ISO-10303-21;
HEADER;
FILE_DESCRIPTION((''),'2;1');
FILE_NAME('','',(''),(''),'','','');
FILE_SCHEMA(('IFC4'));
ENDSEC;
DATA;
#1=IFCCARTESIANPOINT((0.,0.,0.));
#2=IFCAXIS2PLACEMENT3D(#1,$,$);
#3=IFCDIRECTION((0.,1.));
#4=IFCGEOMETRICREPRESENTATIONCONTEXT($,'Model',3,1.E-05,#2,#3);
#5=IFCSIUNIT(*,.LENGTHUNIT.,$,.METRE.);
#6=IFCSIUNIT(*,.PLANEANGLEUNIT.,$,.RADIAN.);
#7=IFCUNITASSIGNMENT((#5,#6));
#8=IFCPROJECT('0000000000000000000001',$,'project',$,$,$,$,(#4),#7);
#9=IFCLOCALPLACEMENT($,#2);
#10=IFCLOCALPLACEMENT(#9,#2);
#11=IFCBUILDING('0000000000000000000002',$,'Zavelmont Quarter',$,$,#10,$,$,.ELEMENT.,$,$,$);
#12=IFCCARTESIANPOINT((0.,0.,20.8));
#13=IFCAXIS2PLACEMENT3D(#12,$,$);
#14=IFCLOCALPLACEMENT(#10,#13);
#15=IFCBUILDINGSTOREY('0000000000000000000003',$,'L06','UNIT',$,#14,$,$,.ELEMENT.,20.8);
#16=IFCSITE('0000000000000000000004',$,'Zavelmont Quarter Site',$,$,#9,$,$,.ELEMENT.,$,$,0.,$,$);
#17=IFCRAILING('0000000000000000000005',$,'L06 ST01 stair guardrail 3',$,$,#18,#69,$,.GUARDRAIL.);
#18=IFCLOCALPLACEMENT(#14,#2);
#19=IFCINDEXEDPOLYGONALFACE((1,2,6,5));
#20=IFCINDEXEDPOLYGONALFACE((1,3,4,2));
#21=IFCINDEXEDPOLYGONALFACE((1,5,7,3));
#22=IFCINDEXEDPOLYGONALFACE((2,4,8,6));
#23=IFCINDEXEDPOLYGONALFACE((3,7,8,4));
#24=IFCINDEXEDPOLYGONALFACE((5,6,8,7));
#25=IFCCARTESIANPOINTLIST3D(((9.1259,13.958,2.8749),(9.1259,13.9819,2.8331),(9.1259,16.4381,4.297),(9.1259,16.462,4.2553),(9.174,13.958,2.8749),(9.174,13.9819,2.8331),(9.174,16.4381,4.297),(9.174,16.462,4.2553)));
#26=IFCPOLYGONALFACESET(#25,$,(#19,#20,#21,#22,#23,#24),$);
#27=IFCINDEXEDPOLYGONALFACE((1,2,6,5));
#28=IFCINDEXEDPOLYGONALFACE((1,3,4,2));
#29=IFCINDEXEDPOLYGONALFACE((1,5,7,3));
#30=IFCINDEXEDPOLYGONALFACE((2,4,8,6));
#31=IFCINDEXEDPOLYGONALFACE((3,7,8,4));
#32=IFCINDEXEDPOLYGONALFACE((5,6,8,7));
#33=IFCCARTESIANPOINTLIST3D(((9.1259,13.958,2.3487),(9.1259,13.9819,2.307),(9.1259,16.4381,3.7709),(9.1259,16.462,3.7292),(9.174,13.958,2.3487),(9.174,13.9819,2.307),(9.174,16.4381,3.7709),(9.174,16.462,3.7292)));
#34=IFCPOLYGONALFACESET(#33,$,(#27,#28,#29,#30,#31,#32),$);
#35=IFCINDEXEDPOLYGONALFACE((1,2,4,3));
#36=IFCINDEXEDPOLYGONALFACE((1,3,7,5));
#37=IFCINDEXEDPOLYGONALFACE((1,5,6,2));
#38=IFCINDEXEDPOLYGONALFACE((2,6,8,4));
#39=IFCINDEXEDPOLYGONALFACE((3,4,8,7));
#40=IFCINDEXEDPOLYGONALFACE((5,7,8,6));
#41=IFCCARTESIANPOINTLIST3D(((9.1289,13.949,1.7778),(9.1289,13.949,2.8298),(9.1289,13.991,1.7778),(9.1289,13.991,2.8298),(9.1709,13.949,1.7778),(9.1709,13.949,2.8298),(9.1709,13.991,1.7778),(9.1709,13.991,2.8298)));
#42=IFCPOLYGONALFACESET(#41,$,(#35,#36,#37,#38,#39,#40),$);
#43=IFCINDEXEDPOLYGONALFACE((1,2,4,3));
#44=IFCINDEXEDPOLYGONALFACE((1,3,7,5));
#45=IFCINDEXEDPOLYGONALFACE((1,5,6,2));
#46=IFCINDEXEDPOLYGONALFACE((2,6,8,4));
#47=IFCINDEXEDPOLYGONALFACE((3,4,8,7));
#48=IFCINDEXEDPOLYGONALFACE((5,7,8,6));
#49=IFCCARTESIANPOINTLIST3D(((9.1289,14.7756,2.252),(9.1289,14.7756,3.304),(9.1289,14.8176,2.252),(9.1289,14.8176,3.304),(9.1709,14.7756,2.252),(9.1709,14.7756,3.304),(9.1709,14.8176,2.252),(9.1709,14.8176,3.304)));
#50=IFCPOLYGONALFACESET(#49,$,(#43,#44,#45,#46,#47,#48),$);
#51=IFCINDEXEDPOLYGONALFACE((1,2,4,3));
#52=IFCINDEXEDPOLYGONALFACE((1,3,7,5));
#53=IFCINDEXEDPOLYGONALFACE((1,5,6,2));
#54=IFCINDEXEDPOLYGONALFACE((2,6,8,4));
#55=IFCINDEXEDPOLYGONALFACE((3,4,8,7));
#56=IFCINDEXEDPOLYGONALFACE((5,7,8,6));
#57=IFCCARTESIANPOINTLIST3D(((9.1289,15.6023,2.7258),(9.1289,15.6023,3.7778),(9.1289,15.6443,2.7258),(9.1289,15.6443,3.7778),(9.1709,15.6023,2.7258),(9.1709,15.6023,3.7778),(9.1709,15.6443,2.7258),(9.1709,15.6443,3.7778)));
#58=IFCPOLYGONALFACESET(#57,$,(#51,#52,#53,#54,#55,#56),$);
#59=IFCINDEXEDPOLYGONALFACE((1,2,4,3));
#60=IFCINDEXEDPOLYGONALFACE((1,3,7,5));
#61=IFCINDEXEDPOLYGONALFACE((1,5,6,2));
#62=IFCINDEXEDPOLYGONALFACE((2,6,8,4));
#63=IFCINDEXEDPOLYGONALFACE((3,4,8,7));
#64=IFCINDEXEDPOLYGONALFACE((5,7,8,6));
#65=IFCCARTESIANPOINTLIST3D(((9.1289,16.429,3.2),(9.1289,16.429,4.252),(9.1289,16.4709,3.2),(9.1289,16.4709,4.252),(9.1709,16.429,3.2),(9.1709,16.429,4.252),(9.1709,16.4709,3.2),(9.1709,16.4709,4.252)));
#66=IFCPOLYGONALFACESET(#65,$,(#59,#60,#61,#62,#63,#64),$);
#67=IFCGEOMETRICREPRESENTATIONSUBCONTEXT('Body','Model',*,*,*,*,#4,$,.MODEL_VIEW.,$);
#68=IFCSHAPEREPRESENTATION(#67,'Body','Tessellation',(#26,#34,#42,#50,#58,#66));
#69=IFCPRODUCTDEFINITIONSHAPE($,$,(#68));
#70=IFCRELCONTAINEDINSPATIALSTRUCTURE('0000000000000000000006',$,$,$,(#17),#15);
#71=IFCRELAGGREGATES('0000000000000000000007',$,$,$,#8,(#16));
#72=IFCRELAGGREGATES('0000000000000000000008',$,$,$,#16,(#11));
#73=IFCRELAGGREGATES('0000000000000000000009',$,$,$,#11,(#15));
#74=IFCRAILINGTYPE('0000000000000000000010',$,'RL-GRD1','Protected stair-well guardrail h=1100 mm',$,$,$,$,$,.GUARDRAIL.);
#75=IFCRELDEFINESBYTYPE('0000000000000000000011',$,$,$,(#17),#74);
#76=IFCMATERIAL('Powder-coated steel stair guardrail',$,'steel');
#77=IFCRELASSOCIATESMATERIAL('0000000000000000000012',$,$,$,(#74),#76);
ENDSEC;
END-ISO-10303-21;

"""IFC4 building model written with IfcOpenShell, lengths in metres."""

from ifc_helpers import new_model, si_unit, direction, frame, origin, origin_2d, place, context, subcontext, project, spatial, rectangle, extrude, material, type_object, element, save


model = new_model("IFC4")

# Units and contexts
model_context = context("Model", 3, precision=1e-05, world=origin(), true_north=direction((0.0, 1.0)))
body_context = subcontext(model_context, "Body", "Model", "MODEL_VIEW")
ifc_project = project(units=[si_unit("LENGTHUNIT", "METRE"), si_unit("PLANEANGLEUNIT", "RADIAN")], contexts=[model_context])

# Site, building, storey
site_placement = place(None, origin())
site = spatial("IfcSite", under=ifc_project, at=site_placement, Name="Zavelmont Quarter Site", CompositionType="ELEMENT", RefElevation=0.0)
building_placement = place(site_placement, origin())
building = spatial("IfcBuilding", under=site, at=building_placement, Name="Zavelmont Quarter", CompositionType="ELEMENT")
storey_placement = place(building_placement, frame((0.0, 0.0, 20.8)))
storey = spatial("IfcBuildingStorey", under=building, at=storey_placement, Name="L06", Description="UNIT", CompositionType="ELEMENT", Elevation=20.8)

# Railing
ifc_material_1 = material(Name="Powder-coated steel stair guardrail", Category="steel")
railing_type = type_object("IfcRailingType", Name="RL-GRD1", Description="Protected stair-well guardrail h=1100 mm", PredefinedType="GUARDRAIL", material=ifc_material_1)
railing_1_placement = place(storey_placement, frame((9.1499, 13.97, 1.7778)))
element("IfcRailing", 1, at=railing_1_placement, inside=storey, type_object=railing_type, Name="L06 ST01 stair guardrail 3", PredefinedType="GUARDRAIL", context=body_context, shape_type="SweptSolid", body=[
    extrude(rectangle(XDim=0.0481, YDim=0.0481, at=origin_2d()), frame((0.0, 0.0, 1.0762), z_axis=(0.0, 0.867491, 0.497454), x_axis=(-1.0, 0.0, 0.0)), (0.0, 0.0, 1.0), 2.8589),
    extrude(rectangle(XDim=0.0481, YDim=0.0481, at=origin_2d()), frame((0.0, 0.0, 0.55), z_axis=(0.0, 0.867491, 0.497454), x_axis=(-1.0, 0.0, 0.0)), (0.0, 0.0, 1.0), 2.8589),
    extrude(rectangle(XDim=0.042, YDim=0.042, at=origin_2d()), origin(), (0.0, 0.0, 1.0), 1.052),
    extrude(rectangle(XDim=0.042, YDim=0.042, at=origin_2d()), frame((0.0, 0.8267, 0.4741)), (0.0, 0.0, 1.0), 1.052),
    extrude(rectangle(XDim=0.042, YDim=0.042, at=origin_2d()), frame((0.0, 1.6533, 0.948)), (0.0, 0.0, 1.0), 1.052),
    extrude(rectangle(XDim=0.042, YDim=0.042, at=origin_2d()), frame((0.0, 2.48, 1.4221)), (0.0, 0.0, 1.0), 1.052),
])

save(model, "model.ifc")
